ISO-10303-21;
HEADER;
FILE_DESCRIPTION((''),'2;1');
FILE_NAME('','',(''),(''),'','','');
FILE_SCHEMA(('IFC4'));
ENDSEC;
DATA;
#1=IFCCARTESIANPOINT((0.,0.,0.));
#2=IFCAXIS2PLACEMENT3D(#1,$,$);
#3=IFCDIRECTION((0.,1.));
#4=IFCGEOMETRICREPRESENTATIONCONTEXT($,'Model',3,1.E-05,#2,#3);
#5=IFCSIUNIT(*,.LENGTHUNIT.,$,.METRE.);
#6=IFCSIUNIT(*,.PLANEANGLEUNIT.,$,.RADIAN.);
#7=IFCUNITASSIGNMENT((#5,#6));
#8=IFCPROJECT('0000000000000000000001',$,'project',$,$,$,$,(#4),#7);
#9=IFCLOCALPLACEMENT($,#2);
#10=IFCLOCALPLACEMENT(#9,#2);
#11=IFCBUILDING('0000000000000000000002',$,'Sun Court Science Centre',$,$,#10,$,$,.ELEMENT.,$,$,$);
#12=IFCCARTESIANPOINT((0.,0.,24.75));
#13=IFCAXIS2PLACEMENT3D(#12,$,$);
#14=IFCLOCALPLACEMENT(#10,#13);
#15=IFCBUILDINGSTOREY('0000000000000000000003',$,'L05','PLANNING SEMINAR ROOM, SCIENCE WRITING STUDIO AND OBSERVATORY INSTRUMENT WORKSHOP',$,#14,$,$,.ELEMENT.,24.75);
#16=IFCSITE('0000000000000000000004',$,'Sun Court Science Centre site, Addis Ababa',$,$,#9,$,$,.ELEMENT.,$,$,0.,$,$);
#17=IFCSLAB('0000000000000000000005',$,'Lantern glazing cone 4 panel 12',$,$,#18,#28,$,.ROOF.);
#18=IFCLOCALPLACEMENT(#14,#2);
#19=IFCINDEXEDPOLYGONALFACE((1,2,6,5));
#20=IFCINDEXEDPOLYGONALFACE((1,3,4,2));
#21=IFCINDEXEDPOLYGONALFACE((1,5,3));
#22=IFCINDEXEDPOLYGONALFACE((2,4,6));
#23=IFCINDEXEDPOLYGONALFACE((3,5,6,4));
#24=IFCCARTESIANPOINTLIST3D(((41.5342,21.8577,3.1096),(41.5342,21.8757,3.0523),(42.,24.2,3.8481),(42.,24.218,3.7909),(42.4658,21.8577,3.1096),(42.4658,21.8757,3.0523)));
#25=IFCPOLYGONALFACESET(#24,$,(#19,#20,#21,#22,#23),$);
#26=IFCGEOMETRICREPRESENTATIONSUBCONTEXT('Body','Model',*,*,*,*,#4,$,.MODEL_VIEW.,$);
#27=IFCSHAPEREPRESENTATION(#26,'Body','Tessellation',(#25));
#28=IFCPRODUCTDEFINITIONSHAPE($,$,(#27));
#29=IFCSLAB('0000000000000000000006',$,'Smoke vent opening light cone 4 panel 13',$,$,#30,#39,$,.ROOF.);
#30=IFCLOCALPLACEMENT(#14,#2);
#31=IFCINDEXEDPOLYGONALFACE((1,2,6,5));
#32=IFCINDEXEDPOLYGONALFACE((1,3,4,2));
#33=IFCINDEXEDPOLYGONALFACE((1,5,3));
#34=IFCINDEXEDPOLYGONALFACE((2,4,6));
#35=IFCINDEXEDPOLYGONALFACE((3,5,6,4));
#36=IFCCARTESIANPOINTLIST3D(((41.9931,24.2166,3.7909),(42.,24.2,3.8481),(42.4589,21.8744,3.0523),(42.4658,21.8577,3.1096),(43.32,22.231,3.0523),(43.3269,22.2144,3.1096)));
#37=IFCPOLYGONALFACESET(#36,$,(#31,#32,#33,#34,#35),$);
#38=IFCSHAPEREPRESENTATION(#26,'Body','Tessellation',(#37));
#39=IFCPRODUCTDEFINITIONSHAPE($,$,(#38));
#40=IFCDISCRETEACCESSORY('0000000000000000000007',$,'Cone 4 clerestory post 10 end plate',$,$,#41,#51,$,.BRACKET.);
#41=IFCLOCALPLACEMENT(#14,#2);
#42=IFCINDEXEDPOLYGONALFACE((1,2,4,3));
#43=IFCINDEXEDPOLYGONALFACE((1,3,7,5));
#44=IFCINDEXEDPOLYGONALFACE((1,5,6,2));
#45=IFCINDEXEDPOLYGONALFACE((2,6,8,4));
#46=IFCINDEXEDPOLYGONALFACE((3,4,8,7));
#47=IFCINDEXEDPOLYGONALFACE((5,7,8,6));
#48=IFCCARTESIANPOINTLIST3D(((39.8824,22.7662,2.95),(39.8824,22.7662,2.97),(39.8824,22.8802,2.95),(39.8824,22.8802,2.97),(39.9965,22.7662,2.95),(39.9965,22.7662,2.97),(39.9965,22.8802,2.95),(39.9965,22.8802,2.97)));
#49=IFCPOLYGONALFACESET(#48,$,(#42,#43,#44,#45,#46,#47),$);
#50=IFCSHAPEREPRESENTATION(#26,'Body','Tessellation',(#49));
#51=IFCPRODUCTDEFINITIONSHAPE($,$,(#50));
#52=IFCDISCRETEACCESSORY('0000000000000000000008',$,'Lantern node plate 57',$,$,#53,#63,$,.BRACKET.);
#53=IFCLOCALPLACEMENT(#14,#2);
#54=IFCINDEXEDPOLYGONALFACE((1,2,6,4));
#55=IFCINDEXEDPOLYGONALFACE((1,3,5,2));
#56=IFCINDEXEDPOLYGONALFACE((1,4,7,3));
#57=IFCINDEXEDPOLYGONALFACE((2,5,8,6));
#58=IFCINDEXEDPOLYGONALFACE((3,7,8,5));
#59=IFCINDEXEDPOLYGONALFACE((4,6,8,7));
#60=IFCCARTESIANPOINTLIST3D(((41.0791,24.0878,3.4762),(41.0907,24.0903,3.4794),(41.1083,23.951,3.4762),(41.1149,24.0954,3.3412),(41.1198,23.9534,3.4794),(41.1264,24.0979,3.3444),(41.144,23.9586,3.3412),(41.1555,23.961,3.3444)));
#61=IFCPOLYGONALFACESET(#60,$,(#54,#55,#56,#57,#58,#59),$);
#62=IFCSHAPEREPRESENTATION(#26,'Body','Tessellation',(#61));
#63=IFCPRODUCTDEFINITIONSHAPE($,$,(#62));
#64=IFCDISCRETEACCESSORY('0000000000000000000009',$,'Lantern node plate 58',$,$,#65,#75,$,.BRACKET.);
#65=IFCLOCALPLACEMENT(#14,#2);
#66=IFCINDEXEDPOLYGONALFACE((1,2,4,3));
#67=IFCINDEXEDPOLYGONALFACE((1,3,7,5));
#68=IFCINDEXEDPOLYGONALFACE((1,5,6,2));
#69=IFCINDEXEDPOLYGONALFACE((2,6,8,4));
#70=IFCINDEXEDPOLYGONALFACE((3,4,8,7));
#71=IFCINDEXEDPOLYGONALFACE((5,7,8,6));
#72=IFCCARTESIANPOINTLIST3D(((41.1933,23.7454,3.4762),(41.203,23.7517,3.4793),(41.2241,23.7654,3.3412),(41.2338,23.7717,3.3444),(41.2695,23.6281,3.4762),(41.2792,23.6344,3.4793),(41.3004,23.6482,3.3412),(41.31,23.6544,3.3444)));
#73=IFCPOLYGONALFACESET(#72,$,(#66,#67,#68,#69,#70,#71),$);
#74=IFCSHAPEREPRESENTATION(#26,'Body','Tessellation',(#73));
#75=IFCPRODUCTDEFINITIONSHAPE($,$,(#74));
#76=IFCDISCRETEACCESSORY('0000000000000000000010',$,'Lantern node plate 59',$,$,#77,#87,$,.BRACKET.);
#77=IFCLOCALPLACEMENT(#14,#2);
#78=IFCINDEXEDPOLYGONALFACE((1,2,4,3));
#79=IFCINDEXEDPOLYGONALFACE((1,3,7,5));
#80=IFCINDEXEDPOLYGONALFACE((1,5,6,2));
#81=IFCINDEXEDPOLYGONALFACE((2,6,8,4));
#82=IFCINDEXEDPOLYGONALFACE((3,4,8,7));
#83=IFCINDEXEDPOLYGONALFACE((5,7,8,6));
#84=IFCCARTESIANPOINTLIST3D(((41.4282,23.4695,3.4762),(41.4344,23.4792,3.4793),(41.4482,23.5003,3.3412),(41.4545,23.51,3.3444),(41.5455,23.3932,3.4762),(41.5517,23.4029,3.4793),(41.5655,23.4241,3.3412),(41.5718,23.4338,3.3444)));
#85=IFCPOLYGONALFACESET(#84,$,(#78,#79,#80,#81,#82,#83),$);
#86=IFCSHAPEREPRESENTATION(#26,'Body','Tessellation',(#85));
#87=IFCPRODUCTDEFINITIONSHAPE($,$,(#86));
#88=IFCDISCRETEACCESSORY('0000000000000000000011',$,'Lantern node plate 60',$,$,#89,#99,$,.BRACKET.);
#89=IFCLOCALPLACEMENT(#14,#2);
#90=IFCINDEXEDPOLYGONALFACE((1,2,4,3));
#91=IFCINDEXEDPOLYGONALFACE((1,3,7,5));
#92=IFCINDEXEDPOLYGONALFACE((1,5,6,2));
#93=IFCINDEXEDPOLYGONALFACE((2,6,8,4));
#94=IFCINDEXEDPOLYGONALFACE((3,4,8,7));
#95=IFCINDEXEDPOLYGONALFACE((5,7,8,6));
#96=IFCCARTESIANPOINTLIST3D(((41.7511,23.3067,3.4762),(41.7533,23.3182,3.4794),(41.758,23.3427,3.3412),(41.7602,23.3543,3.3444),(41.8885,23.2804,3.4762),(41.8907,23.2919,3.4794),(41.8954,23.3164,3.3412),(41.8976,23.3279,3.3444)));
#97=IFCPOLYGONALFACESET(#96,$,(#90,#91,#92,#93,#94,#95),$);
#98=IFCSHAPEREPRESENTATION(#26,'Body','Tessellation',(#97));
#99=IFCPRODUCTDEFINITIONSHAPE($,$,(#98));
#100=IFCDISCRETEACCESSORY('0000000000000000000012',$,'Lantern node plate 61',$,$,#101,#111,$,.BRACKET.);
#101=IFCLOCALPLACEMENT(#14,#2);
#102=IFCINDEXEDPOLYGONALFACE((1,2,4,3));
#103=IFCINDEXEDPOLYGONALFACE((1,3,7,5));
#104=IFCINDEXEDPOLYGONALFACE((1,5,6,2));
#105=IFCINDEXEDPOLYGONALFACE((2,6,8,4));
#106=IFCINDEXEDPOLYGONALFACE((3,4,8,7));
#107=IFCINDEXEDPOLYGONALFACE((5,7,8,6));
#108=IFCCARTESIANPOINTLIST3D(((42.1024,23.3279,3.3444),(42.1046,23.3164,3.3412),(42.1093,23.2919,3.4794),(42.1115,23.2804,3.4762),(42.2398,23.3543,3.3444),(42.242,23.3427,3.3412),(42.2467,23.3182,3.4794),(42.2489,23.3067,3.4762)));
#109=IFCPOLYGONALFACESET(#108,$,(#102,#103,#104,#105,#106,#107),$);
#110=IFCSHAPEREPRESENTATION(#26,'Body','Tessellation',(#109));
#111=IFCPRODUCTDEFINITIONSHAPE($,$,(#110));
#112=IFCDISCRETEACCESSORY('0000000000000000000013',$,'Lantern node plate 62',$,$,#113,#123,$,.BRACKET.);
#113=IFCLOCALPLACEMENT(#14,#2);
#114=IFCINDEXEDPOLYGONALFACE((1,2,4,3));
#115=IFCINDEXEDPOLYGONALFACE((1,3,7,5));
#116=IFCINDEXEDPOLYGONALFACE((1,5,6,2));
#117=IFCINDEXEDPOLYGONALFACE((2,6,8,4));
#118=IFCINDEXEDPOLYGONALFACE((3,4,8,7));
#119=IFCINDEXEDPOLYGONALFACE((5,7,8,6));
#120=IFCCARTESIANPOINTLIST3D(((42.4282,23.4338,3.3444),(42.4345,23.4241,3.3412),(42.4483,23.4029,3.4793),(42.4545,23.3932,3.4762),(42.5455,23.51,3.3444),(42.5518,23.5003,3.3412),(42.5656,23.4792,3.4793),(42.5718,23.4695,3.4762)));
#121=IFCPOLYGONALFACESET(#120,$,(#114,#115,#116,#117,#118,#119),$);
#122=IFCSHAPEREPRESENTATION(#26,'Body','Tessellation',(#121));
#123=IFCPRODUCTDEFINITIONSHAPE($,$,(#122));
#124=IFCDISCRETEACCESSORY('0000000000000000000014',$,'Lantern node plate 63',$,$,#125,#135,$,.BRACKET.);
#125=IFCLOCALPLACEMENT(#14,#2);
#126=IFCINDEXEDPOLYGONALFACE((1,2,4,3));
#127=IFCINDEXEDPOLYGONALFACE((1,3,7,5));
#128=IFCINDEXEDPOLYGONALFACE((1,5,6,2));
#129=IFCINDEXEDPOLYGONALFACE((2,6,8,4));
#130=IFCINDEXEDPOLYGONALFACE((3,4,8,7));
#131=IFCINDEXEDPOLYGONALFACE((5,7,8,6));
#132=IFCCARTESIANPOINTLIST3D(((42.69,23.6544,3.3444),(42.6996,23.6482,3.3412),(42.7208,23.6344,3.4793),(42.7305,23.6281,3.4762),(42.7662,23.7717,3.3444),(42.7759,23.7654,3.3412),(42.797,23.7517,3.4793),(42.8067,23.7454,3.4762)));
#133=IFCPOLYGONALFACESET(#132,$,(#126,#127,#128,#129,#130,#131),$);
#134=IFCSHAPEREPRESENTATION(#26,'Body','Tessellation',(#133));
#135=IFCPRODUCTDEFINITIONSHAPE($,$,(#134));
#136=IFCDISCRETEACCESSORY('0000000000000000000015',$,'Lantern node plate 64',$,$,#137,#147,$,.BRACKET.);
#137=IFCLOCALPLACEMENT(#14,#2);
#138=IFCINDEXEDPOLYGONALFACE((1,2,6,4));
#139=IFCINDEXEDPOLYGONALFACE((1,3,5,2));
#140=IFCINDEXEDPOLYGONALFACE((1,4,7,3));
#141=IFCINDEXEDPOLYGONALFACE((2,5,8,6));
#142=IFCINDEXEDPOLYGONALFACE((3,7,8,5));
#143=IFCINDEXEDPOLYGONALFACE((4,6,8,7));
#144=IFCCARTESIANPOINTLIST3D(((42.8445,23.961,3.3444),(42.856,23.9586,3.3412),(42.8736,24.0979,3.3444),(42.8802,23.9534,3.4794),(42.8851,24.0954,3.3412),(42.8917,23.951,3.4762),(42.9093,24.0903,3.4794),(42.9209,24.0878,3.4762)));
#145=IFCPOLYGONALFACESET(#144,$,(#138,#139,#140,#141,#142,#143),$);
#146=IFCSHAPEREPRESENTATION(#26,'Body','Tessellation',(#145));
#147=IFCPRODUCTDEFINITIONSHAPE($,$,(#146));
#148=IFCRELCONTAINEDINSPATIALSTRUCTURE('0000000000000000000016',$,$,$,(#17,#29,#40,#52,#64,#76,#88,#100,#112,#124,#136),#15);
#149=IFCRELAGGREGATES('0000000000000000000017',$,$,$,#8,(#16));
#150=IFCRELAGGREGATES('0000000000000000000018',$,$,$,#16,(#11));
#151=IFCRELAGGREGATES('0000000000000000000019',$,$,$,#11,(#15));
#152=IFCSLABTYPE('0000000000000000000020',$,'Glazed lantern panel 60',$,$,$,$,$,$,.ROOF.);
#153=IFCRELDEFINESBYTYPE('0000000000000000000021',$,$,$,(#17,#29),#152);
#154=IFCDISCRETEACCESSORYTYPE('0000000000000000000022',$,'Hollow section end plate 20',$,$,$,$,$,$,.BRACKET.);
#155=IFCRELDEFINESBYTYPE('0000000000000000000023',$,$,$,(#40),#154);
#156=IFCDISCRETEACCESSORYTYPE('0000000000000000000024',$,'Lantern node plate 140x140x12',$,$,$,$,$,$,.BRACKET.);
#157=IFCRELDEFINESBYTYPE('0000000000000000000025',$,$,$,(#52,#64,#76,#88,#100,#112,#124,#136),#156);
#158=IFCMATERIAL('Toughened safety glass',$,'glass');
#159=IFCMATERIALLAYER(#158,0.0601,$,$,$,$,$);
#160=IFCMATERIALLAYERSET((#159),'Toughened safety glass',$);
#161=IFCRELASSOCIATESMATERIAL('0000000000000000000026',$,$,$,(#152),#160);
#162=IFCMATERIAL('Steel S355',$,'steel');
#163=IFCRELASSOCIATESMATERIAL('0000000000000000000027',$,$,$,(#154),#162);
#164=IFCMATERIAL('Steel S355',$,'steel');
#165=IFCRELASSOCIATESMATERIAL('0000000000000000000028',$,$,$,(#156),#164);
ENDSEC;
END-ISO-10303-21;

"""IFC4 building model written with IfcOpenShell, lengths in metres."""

from ifc_helpers import new_model, si_unit, direction, frame, origin, origin_2d, place, context, subcontext, project, spatial, polyline, rectangle, outline, extrude, material, layer, layer_set, material_profile, profile_set, type_object, element, save


model = new_model("IFC4")

# Units and contexts
model_context = context("Model", 3, precision=1e-05, world=origin(), true_north=direction((0.0, 1.0)))
body_context = subcontext(model_context, "Body", "Model", "MODEL_VIEW")
ifc_project = project(units=[si_unit("LENGTHUNIT", "METRE"), si_unit("PLANEANGLEUNIT", "RADIAN")], contexts=[model_context])

# Site, building, storey
site_placement = place(None, origin())
site = spatial("IfcSite", under=ifc_project, at=site_placement, Name="Sun Court Science Centre site, Addis Ababa", CompositionType="ELEMENT", RefElevation=0.0)
building_placement = place(site_placement, origin())
building = spatial("IfcBuilding", under=site, at=building_placement, Name="Sun Court Science Centre", CompositionType="ELEMENT")
storey_placement = place(building_placement, frame((0.0, 0.0, 24.75)))
storey = spatial("IfcBuildingStorey", under=building, at=storey_placement, Name="L05", Description="PLANNING SEMINAR ROOM, SCIENCE WRITING STUDIO AND OBSERVATORY INSTRUMENT WORKSHOP", CompositionType="ELEMENT", Elevation=24.75)

# Slabs
ifc_material_1 = material(Name="Toughened safety glass", Category="glass")
ifc_layer = layer(ifc_material_1, 0.0601)
ifc_layer_set = layer_set([ifc_layer], Name="Toughened safety glass")
slab_type = type_object("IfcSlabType", Name="Glazed lantern panel 60", PredefinedType="ROOF", material=ifc_layer_set)
slab_1_placement = place(storey_placement, frame((41.5342, 21.8577, 3.1096), z_axis=(0.0, -0.300708, 0.953716), x_axis=(1.0, 0.0, 0.0)))
element("IfcSlab", 1, at=slab_1_placement, inside=storey, type_object=slab_type, Name="Lantern glazing cone 4 panel 12", PredefinedType="ROOF", context=body_context, shape_type="SweptSolid", body=[
    extrude(outline(polyline([(0.0, 0.0), (0.9316, 0.0), (0.4658, 2.456), (0.0, 0.0)])), origin(), (0.0, 0.0, -1.0), 0.0601),
])
slab_2_placement = place(storey_placement, frame((42.4658, 21.8577, 3.1096), z_axis=(0.115082, -0.27782, 0.953715), x_axis=(0.923873, 0.382699, 0.0)))
element("IfcSlab", 2, at=slab_2_placement, inside=storey, type_object=slab_type, Name="Smoke vent opening light cone 4 panel 13", PredefinedType="ROOF", context=body_context, shape_type="SweptSolid", body=[
    extrude(outline(polyline([(0.0, 0.0), (0.932, 0.0), (0.466, 2.4559), (0.0, 0.0)])), origin(), (0.0, 0.0, -1.0), 0.0601),
])

# Discrete accessories
ifc_material_2 = material(Name="Steel S355", Category="steel")
discrete_accessory_type_1 = type_object("IfcDiscreteAccessoryType", Name="Hollow section end plate 20", PredefinedType="BRACKET", material=ifc_material_2)
discrete_accessory_1_placement = place(storey_placement, frame((39.9395, 22.8232, 2.95), z_axis=(0.0, 0.0, 1.0), x_axis=(1.0, 0.0, 0.0)))
element("IfcDiscreteAccessory", 3, at=discrete_accessory_1_placement, inside=storey, type_object=discrete_accessory_type_1, Name="Cone 4 clerestory post 10 end plate", PredefinedType="BRACKET", context=body_context, shape_type="SweptSolid", body=[
    extrude(rectangle(XDim=0.114, YDim=0.114, at=origin_2d()), origin(), (0.0, 0.0, 1.0), 0.02),
])
ifc_material_3 = material(Name="Steel S355", Category="steel")
ifc_material_profile_1 = material_profile(ifc_material_3, rectangle(XDim=0.1399, YDim=0.1399, at=origin_2d()), Name="PL 140x140")
ifc_profile_set_1 = profile_set([ifc_material_profile_1], Name="Steel S355")
discrete_accessory_type_2 = type_object("IfcDiscreteAccessoryType", Name="Lantern node plate 140x140x12", PredefinedType="BRACKET", material=ifc_profile_set_1)
discrete_accessory_2_placement = place(storey_placement, frame((41.1116, 24.0232, 3.4087), z_axis=(0.944163, 0.200886, 0.261152), x_axis=(-0.208108, 0.978106, 0.0)))
element("IfcDiscreteAccessory", 4, at=discrete_accessory_2_placement, inside=storey, type_object=discrete_accessory_type_2, Name="Lantern node plate 57", PredefinedType="BRACKET", context=body_context, shape_type="SweptSolid", body=[
    extrude(rectangle(XDim=0.1399, YDim=0.1399, at=origin_2d()), origin(), (0.0, 0.0, 1.0), 0.0122),
])
for number, where, z_axis, x_axis, name in (
    (5, (41.2468, 23.6968, 3.4087), (0.808948, 0.525816, 0.262908), (-0.544988, 0.838444, 0.0), "Lantern node plate 58"),
    (6, (41.4968, 23.4468, 3.4087), (0.525816, 0.808948, 0.262908), (-0.838444, 0.544988, 0.0), "Lantern node plate 59"),
):
    element("IfcDiscreteAccessory", number, at=place(storey_placement, frame(where, z_axis=z_axis, x_axis=x_axis)), inside=storey, type_object=discrete_accessory_type_2, Name=name, PredefinedType="BRACKET", context=body_context, shape_type="SweptSolid", body=[
        extrude(rectangle(XDim=0.1399, YDim=0.1399, at=origin_2d()), origin(), (0.0, 0.0, 1.0), 0.012),
    ])
for number, where, z_axis, x_axis, name in (
    (7, (41.8232, 23.3115, 3.4087), (0.181494, 0.947804, 0.262159), (-0.982155, 0.188072, 0.0), "Lantern node plate 60"),
    (8, (42.1768, 23.3115, 3.4087), (-0.181494, 0.947804, 0.262159), (-0.982155, -0.188072, 0.0), "Lantern node plate 61"),
):
    element("IfcDiscreteAccessory", number, at=place(storey_placement, frame(where, z_axis=z_axis, x_axis=x_axis)), inside=storey, type_object=discrete_accessory_type_2, Name=name, PredefinedType="BRACKET", context=body_context, shape_type="SweptSolid", body=[
        extrude(rectangle(XDim=0.1399, YDim=0.1399, at=origin_2d()), origin(), (0.0, 0.0, 1.0), 0.0122),
    ])
for number, where, z_axis, x_axis, name in (
    (9, (42.5032, 23.4468, 3.4087), (-0.525816, 0.808948, 0.262908), (-0.838444, -0.544988, 0.0), "Lantern node plate 62"),
    (10, (42.7532, 23.6968, 3.4087), (-0.808948, 0.525816, 0.262908), (-0.544988, -0.838444, 0.0), "Lantern node plate 63"),
):
    element("IfcDiscreteAccessory", number, at=place(storey_placement, frame(where, z_axis=z_axis, x_axis=x_axis)), inside=storey, type_object=discrete_accessory_type_2, Name=name, PredefinedType="BRACKET", context=body_context, shape_type="SweptSolid", body=[
        extrude(rectangle(XDim=0.1399, YDim=0.1399, at=origin_2d()), origin(), (0.0, 0.0, 1.0), 0.012),
    ])
discrete_accessory_3_placement = place(storey_placement, frame((42.8884, 24.0232, 3.4087), z_axis=(-0.944163, 0.200886, 0.261152), x_axis=(-0.208108, -0.978106, 0.0)))
element("IfcDiscreteAccessory", 11, at=discrete_accessory_3_placement, inside=storey, type_object=discrete_accessory_type_2, Name="Lantern node plate 64", PredefinedType="BRACKET", context=body_context, shape_type="SweptSolid", body=[
    extrude(rectangle(XDim=0.1399, YDim=0.1399, at=origin_2d()), origin(), (0.0, 0.0, 1.0), 0.0122),
])

save(model, "model.ifc")
